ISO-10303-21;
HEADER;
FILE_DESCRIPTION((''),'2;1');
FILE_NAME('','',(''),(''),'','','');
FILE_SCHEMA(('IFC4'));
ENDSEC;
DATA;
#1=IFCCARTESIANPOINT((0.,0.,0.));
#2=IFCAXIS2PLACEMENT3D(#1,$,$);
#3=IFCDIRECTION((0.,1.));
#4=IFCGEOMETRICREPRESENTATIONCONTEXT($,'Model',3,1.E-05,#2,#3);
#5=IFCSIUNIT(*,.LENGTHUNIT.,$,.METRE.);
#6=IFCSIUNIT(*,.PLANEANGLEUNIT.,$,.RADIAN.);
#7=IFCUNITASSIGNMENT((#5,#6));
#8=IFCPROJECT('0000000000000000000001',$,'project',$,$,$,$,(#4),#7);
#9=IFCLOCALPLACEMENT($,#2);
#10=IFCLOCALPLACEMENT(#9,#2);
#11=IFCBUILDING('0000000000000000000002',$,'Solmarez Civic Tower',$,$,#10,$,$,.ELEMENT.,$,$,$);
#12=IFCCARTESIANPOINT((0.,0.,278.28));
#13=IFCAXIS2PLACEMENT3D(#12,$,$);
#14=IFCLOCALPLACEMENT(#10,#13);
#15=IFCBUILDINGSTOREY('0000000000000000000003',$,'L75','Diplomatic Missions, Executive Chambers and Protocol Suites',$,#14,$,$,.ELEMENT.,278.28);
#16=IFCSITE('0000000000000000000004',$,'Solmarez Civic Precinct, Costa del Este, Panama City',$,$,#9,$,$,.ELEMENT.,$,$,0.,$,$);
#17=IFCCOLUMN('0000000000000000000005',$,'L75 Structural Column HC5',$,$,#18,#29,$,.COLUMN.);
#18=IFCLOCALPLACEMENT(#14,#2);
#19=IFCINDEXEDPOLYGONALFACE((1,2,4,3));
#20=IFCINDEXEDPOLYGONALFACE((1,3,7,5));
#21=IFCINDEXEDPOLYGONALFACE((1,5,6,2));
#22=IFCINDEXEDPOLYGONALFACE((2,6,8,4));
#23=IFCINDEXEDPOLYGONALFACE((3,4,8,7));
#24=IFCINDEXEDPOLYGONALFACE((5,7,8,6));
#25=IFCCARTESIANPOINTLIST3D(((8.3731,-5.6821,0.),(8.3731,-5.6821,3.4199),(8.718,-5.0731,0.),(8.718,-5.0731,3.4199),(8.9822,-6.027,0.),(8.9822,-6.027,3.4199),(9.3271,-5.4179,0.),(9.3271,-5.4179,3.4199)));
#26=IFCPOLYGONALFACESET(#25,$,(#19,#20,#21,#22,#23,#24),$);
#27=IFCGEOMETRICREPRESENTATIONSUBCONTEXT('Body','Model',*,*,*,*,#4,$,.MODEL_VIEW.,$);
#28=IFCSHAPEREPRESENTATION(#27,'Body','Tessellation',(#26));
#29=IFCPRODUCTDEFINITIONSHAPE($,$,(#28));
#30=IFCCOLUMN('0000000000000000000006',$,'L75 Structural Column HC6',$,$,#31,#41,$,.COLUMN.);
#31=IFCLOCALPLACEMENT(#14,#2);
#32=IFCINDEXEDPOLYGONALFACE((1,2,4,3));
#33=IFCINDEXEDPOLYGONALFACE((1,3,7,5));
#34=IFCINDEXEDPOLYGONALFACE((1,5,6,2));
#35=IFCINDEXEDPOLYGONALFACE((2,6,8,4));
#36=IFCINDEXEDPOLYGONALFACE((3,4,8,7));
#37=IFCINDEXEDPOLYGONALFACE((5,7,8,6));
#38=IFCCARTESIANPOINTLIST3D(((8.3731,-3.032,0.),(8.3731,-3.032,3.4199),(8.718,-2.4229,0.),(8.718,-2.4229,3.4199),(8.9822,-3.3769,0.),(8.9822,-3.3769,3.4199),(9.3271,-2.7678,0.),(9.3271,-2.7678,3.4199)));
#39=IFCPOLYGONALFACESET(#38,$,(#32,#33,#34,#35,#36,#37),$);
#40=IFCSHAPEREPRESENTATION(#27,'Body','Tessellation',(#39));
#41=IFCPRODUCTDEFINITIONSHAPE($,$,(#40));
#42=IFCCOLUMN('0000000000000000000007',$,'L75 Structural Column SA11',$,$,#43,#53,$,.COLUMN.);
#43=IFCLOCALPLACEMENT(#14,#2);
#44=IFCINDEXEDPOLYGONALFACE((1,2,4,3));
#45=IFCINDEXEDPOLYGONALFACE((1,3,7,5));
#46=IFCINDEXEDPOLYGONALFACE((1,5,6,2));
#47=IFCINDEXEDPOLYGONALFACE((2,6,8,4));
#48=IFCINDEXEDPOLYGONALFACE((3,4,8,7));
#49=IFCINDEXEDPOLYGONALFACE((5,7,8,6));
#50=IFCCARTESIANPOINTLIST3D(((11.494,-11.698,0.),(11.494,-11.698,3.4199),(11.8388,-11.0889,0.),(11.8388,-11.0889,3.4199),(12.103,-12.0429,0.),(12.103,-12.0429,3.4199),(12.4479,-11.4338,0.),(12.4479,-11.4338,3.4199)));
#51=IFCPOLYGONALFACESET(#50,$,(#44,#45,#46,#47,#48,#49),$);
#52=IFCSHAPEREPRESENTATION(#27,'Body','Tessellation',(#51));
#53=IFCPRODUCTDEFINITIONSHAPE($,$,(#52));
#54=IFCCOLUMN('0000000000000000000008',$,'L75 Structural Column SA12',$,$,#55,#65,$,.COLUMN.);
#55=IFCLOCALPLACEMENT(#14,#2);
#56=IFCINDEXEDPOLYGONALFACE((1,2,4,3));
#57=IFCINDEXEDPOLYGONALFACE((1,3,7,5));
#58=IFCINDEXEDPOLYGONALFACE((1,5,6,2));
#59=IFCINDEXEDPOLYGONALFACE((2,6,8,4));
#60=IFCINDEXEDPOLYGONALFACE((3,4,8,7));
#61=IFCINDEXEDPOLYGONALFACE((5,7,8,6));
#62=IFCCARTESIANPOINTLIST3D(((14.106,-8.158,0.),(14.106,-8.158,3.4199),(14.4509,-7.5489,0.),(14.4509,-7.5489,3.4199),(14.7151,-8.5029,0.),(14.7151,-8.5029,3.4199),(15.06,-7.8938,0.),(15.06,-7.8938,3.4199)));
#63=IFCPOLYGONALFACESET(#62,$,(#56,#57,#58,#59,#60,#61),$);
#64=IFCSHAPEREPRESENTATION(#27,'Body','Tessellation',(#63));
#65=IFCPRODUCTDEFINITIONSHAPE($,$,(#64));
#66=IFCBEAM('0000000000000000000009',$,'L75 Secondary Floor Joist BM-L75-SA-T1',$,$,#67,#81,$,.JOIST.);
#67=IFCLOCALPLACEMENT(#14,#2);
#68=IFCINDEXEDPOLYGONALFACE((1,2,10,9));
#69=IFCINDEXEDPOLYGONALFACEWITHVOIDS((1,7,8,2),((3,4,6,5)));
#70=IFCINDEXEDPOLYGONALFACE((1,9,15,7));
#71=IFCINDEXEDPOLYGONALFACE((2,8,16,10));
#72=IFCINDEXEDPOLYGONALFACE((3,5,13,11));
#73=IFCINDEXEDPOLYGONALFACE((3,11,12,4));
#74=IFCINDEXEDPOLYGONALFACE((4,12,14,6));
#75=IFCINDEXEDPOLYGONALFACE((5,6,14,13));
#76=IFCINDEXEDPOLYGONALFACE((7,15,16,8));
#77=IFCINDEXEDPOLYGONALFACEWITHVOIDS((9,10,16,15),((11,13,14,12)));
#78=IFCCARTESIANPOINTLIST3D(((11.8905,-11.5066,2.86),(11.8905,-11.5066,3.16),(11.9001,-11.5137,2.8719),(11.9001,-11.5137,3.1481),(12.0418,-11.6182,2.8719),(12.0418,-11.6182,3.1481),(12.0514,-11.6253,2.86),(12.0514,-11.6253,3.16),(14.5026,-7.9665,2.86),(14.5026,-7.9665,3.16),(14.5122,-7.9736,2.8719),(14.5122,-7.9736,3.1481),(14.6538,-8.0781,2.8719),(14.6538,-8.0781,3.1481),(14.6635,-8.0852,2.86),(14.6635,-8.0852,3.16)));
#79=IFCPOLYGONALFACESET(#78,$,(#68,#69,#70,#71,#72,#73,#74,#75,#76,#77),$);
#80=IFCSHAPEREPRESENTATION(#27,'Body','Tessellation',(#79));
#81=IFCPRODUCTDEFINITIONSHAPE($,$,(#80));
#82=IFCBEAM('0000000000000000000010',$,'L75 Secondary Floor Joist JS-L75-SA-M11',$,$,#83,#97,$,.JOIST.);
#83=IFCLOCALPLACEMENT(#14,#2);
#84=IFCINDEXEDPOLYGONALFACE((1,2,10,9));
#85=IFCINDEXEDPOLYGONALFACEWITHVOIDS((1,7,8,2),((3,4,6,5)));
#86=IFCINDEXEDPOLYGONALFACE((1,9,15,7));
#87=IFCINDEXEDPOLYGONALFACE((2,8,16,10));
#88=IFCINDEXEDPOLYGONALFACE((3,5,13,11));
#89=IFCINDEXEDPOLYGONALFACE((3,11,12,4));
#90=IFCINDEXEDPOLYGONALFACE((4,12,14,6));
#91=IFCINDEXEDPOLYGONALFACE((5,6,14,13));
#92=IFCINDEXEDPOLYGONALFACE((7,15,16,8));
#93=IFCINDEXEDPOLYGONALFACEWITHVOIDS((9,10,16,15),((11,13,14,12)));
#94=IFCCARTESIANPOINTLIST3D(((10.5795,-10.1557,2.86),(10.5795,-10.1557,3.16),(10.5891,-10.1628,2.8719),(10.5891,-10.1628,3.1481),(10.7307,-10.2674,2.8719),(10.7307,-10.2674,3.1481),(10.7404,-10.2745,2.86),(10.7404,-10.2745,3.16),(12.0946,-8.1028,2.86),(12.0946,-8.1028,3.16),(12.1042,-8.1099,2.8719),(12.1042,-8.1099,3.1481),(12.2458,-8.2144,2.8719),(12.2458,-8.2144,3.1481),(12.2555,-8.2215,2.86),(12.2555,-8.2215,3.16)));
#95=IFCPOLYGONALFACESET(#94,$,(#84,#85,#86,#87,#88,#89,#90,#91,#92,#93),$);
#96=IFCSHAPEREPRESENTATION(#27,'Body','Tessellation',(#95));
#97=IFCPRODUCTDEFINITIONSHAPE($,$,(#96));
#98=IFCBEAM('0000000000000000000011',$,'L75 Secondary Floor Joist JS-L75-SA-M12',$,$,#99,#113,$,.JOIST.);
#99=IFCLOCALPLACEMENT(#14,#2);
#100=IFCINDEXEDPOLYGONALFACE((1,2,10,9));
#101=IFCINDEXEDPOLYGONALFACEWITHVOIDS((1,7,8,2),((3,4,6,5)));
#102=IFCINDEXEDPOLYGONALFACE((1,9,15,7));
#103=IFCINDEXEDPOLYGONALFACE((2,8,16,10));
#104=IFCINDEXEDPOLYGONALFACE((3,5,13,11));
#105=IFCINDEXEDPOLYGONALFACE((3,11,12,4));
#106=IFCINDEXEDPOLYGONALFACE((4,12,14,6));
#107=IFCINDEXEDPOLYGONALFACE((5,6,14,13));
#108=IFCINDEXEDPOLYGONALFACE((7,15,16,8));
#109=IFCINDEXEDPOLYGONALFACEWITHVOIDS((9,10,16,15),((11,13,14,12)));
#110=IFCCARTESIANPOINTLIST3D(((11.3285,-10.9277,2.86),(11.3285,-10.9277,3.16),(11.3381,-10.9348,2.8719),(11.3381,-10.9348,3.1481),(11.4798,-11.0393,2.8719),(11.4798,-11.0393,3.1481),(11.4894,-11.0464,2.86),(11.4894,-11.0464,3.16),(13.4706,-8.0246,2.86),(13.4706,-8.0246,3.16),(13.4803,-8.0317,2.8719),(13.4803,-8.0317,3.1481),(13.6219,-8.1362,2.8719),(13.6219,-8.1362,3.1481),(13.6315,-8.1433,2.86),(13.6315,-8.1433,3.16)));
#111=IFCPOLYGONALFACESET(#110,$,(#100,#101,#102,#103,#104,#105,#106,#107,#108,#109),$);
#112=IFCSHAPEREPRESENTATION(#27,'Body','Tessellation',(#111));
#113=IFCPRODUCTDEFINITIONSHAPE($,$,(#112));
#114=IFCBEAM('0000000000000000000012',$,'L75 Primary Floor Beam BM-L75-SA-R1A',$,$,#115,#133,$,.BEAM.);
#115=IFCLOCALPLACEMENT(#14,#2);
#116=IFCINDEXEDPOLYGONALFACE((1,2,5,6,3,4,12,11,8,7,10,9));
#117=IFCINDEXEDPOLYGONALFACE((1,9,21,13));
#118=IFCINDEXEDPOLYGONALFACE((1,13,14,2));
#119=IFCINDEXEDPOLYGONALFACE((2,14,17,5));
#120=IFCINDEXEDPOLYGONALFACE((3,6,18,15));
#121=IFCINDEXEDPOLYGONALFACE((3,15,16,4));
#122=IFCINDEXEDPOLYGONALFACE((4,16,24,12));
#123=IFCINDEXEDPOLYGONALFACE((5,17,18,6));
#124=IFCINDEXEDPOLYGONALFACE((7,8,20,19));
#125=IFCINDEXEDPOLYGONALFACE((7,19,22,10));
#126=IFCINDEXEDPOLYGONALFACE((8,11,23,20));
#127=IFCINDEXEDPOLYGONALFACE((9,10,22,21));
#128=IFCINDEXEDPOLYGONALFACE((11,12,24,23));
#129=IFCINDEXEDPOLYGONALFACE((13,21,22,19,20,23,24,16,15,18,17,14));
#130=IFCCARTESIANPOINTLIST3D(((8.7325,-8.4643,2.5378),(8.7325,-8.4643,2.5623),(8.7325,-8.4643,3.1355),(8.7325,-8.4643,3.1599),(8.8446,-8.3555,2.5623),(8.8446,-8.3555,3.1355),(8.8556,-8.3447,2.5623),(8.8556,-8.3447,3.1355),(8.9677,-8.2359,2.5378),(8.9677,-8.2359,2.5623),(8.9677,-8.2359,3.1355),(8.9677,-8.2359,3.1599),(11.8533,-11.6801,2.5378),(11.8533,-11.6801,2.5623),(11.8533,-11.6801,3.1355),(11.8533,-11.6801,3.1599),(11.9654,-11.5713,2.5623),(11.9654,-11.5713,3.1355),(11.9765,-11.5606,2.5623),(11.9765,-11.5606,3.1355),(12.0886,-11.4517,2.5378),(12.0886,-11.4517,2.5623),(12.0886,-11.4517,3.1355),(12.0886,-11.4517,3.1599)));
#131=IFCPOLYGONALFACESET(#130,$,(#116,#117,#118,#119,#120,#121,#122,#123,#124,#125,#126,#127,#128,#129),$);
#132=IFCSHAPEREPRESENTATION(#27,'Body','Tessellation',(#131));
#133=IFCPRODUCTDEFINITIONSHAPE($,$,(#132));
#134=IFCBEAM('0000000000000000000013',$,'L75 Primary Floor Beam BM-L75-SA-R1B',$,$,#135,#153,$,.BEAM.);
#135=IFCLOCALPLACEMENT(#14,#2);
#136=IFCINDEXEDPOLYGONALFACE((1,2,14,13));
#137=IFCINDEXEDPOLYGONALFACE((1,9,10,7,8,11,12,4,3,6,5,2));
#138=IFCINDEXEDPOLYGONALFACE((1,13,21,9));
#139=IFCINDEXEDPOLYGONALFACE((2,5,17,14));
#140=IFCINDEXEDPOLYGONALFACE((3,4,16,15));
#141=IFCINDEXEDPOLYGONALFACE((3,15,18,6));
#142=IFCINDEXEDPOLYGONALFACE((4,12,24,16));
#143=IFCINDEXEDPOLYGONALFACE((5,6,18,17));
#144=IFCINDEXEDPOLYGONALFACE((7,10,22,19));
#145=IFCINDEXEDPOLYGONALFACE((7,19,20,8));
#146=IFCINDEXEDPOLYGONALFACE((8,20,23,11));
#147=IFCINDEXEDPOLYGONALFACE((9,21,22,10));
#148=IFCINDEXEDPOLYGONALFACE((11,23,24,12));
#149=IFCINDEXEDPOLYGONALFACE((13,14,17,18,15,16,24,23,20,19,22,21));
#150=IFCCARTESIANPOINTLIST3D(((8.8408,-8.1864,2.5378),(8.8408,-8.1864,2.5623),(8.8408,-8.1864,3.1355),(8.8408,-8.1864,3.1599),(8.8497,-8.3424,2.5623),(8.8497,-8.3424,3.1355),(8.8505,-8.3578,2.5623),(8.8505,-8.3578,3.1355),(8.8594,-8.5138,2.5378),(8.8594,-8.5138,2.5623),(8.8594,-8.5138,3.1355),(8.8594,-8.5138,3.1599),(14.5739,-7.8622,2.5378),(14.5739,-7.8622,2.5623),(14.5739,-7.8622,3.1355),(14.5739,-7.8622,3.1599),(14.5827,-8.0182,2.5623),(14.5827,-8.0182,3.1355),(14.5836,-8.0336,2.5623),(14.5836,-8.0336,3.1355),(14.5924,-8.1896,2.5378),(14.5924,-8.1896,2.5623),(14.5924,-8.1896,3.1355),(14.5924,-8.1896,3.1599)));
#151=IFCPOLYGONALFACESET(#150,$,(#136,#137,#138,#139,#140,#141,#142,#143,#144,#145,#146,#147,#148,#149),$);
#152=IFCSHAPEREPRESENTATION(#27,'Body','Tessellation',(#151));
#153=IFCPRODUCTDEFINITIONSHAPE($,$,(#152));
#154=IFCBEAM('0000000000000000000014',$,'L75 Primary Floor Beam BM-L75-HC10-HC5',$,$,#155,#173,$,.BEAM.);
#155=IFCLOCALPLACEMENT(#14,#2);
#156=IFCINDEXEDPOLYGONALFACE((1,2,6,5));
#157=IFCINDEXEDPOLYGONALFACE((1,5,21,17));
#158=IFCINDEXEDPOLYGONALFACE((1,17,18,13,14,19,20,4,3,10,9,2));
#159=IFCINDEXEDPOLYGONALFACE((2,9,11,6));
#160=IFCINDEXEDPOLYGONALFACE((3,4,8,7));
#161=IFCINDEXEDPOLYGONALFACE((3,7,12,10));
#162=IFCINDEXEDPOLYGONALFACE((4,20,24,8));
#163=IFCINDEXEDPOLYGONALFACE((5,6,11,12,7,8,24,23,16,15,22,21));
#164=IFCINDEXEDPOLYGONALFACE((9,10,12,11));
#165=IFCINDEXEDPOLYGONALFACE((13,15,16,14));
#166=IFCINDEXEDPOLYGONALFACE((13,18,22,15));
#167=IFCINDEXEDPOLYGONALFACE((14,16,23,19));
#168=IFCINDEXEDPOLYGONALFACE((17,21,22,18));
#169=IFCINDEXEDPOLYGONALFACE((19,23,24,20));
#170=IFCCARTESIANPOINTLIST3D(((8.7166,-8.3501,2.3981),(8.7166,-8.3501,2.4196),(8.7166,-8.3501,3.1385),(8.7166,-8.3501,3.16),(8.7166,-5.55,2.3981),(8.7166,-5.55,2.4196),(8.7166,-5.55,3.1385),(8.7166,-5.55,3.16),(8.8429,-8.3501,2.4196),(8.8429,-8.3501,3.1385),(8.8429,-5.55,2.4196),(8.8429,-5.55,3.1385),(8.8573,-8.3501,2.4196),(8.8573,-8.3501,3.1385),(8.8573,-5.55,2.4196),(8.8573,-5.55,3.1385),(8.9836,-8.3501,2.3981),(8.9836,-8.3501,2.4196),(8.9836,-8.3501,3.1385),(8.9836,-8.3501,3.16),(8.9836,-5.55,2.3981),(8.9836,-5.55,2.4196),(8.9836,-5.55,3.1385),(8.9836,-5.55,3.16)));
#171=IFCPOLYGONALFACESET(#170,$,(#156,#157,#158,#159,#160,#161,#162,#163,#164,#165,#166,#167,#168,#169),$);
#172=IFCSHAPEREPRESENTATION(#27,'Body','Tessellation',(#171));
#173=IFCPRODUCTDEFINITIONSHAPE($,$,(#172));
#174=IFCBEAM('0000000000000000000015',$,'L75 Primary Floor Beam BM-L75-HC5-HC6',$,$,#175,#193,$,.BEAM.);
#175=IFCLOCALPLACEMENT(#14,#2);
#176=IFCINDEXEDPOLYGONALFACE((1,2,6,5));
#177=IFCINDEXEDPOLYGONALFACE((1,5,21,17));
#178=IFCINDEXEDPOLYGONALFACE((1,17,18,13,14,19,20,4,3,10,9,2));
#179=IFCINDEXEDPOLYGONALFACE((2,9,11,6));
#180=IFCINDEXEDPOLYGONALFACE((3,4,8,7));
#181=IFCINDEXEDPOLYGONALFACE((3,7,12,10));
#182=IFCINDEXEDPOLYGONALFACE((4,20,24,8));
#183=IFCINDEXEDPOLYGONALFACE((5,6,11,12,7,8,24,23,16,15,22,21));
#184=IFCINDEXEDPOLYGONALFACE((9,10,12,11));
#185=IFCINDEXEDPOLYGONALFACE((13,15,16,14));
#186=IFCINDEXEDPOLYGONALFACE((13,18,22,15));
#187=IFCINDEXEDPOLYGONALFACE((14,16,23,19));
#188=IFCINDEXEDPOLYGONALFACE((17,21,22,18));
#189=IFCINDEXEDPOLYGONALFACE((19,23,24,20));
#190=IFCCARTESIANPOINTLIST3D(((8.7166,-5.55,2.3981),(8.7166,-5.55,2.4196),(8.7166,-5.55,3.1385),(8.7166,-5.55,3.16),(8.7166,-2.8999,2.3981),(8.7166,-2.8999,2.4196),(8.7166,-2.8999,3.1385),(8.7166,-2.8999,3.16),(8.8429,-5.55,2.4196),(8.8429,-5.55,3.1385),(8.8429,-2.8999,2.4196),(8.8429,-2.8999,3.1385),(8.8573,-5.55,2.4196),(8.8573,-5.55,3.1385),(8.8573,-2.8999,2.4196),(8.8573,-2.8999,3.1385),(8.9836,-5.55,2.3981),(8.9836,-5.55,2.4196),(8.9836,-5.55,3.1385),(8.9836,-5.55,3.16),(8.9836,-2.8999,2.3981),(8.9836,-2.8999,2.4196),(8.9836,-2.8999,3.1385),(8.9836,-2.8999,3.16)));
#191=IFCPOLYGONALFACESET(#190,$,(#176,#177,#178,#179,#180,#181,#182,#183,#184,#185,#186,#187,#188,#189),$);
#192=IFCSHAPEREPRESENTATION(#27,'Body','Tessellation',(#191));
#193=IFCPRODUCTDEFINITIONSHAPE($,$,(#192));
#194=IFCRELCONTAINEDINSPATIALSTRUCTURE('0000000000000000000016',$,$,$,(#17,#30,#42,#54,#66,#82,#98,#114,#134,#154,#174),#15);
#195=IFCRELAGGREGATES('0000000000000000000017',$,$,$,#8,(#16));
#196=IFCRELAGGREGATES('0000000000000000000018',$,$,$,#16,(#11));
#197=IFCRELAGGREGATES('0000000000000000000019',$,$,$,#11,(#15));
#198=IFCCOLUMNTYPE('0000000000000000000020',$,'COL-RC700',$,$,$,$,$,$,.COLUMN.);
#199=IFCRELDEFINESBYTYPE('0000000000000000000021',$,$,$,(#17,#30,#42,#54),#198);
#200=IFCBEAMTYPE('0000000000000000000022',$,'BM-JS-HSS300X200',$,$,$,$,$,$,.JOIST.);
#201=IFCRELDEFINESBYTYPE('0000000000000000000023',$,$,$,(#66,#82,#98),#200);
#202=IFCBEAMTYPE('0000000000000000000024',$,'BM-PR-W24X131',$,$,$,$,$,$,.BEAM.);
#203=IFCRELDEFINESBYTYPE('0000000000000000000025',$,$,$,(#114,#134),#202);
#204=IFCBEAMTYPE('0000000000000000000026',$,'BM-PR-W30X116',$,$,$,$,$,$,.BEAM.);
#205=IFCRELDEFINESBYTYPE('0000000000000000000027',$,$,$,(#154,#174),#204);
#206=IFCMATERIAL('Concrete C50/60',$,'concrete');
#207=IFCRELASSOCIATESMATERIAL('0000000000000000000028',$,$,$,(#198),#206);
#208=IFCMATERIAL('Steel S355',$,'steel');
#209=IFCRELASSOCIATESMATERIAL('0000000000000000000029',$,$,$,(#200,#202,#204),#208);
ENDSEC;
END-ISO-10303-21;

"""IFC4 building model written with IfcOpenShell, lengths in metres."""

from ifc_helpers import new_model, si_unit, direction, frame, origin, origin_2d, place, context, subcontext, project, spatial, rectangle, hollow_rectangle, i_section, extrude, material, material_profile, profile_set, type_object, element, save


model = new_model("IFC4")

# Units and contexts
model_context = context("Model", 3, precision=1e-05, world=origin(), true_north=direction((0.0, 1.0)))
body_context = subcontext(model_context, "Body", "Model", "MODEL_VIEW")
ifc_project = project(units=[si_unit("LENGTHUNIT", "METRE"), si_unit("PLANEANGLEUNIT", "RADIAN")], contexts=[model_context])

# Site, building, storey
site_placement = place(None, origin())
site = spatial("IfcSite", under=ifc_project, at=site_placement, Name="Solmarez Civic Precinct, Costa del Este, Panama City", CompositionType="ELEMENT", RefElevation=0.0)
building_placement = place(site_placement, origin())
building = spatial("IfcBuilding", under=site, at=building_placement, Name="Solmarez Civic Tower", CompositionType="ELEMENT")
storey_placement = place(building_placement, frame((0.0, 0.0, 278.28)))
storey = spatial("IfcBuildingStorey", under=building, at=storey_placement, Name="L75", Description="Diplomatic Missions, Executive Chambers and Protocol Suites", CompositionType="ELEMENT", Elevation=278.28)

# Columns
ifc_material_1 = material(Name="Concrete C50/60", Category="concrete")
ifc_material_profile_1 = material_profile(ifc_material_1, rectangle(XDim=0.7, YDim=0.7, at=origin_2d()), Name="RC700X700")
ifc_profile_set_1 = profile_set([ifc_material_profile_1], Name="Concrete C50/60")
column_type = type_object("IfcColumnType", Name="COL-RC700", PredefinedType="COLUMN", material=ifc_profile_set_1)
for number, where, z_axis, x_axis, name in (
    (1, (8.8501, -5.55, 0.0), (0.0, 0.0, 1.0), (0.492727, 0.870184, 0.0), "L75 Structural Column HC5"),
    (2, (8.8501, -2.8999, 0.0), (0.0, 0.0, 1.0), (0.492727, 0.870184, 0.0), "L75 Structural Column HC6"),
    (3, (11.9709, -11.5659, 0.0), (0.0, 0.0, 1.0), (0.492727, 0.870184, 0.0), "L75 Structural Column SA11"),
    (4, (14.583, -8.0259, 0.0), (0.0, 0.0, 1.0), (0.492727, 0.870184, 0.0), "L75 Structural Column SA12"),
):
    element("IfcColumn", number, at=place(storey_placement, frame(where, z_axis=z_axis, x_axis=x_axis)), inside=storey, type_object=column_type, Name=name, PredefinedType="COLUMN", context=body_context, shape_type="SweptSolid", body=[
        extrude(rectangle(XDim=0.7, YDim=0.7, at=origin_2d()), origin(), (0.0, 0.0, 1.0), 3.4199),
    ])

# Beams
ifc_material_2 = material(Name="Steel S355", Category="steel")
ifc_material_profile_2 = material_profile(ifc_material_2, hollow_rectangle(XDim=0.2, YDim=0.3, WallThickness=0.012, at=origin_2d()), Name="HSS300X200X12")
ifc_profile_set_2 = profile_set([ifc_material_profile_2], Name="Steel S355")
beam_type_1 = type_object("IfcBeamType", Name="BM-JS-HSS300X200", PredefinedType="JOIST", material=ifc_profile_set_2)
beam_1_placement = place(storey_placement, frame((11.9709, -11.5659, 3.01), z_axis=(0.593731, 0.804664, 0.0), x_axis=(-0.804664, 0.593731, 0.0)))
element("IfcBeam", 5, at=beam_1_placement, inside=storey, type_object=beam_type_1, Name="L75 Secondary Floor Joist BM-L75-SA-T1", PredefinedType="JOIST", context=body_context, shape_type="SweptSolid", body=[
    extrude(hollow_rectangle(XDim=0.2, YDim=0.3, WallThickness=0.012, at=origin_2d()), origin(), (0.0, 0.0, 1.0), 4.3994),
])
beam_2_placement = place(storey_placement, frame((10.6599, -10.2151, 3.01), z_axis=(0.593812, 0.804603, 0.0), x_axis=(-0.804603, 0.593812, 0.0)))
element("IfcBeam", 6, at=beam_2_placement, inside=storey, type_object=beam_type_1, Name="L75 Secondary Floor Joist JS-L75-SA-M11", PredefinedType="JOIST", context=body_context, shape_type="SweptSolid", body=[
    extrude(hollow_rectangle(XDim=0.2, YDim=0.3, WallThickness=0.012, at=origin_2d()), origin(), (0.0, 0.0, 1.0), 2.5515),
])
beam_3_placement = place(storey_placement, frame((11.4089, -10.9871, 3.01), z_axis=(0.593734, 0.804661, 0.0), x_axis=(-0.804661, 0.593734, 0.0)))
element("IfcBeam", 7, at=beam_3_placement, inside=storey, type_object=beam_type_1, Name="L75 Secondary Floor Joist JS-L75-SA-M12", PredefinedType="JOIST", context=body_context, shape_type="SweptSolid", body=[
    extrude(hollow_rectangle(XDim=0.2, YDim=0.3, WallThickness=0.012, at=origin_2d()), origin(), (0.0, 0.0, 1.0), 3.6079),
])
ifc_material_profile_3 = material_profile(ifc_material_2, i_section(OverallWidth=0.3279, OverallDepth=0.6221, WebThickness=0.0154, FlangeThickness=0.0244, at=origin_2d()), Name="W24X131")
ifc_profile_set_3 = profile_set([ifc_material_profile_3], Name="Steel S355")
beam_type_2 = type_object("IfcBeamType", Name="BM-PR-W24X131", PredefinedType="BEAM", material=ifc_profile_set_3)
beam_4_placement = place(storey_placement, frame((8.8501, -8.3501, 2.8489), z_axis=(0.696431, -0.717624, 0.0), x_axis=(0.717624, 0.696431, 0.0)))
element("IfcBeam", 8, at=beam_4_placement, inside=storey, type_object=beam_type_2, Name="L75 Primary Floor Beam BM-L75-SA-R1A", PredefinedType="BEAM", context=body_context, shape_type="SweptSolid", body=[
    extrude(i_section(OverallWidth=0.3279, OverallDepth=0.6221, WebThickness=0.0154, FlangeThickness=0.0244, at=origin_2d()), origin(), (0.0, 0.0, 1.0), 4.4812),
])
beam_5_placement = place(storey_placement, frame((8.8501, -8.3501, 2.8489), z_axis=(0.998405, 0.056464, 0.0), x_axis=(-0.056464, 0.998405, 0.0)))
element("IfcBeam", 9, at=beam_5_placement, inside=storey, type_object=beam_type_2, Name="L75 Primary Floor Beam BM-L75-SA-R1B", PredefinedType="BEAM", context=body_context, shape_type="SweptSolid", body=[
    extrude(i_section(OverallWidth=0.3279, OverallDepth=0.6221, WebThickness=0.0154, FlangeThickness=0.0244, at=origin_2d()), origin(), (0.0, 0.0, 1.0), 5.7422),
])
ifc_material_profile_4 = material_profile(ifc_material_2, i_section(OverallWidth=0.2671, OverallDepth=0.762, WebThickness=0.0144, FlangeThickness=0.0215, at=origin_2d()), Name="W30X116")
ifc_profile_set_4 = profile_set([ifc_material_profile_4], Name="Steel S355")
beam_type_3 = type_object("IfcBeamType", Name="BM-PR-W30X116", PredefinedType="BEAM", material=ifc_profile_set_4)
beam_6_placement = place(storey_placement, frame((8.8501, -8.3501, 2.7791), z_axis=(0.0, 1.0, 0.0), x_axis=(-1.0, 0.0, 0.0)))
element("IfcBeam", 10, at=beam_6_placement, inside=storey, type_object=beam_type_3, Name="L75 Primary Floor Beam BM-L75-HC10-HC5", PredefinedType="BEAM", context=body_context, shape_type="SweptSolid", body=[
    extrude(i_section(OverallWidth=0.2671, OverallDepth=0.762, WebThickness=0.0144, FlangeThickness=0.0215, at=origin_2d()), origin(), (0.0, 0.0, 1.0), 2.8),
])
beam_7_placement = place(storey_placement, frame((8.8501, -5.55, 2.7791), z_axis=(0.0, 1.0, 0.0), x_axis=(-1.0, 0.0, 0.0)))
element("IfcBeam", 11, at=beam_7_placement, inside=storey, type_object=beam_type_3, Name="L75 Primary Floor Beam BM-L75-HC5-HC6", PredefinedType="BEAM", context=body_context, shape_type="SweptSolid", body=[
    extrude(i_section(OverallWidth=0.2671, OverallDepth=0.762, WebThickness=0.0144, FlangeThickness=0.0215, at=origin_2d()), origin(), (0.0, 0.0, 1.0), 2.6501),
])

save(model, "model.ifc")
